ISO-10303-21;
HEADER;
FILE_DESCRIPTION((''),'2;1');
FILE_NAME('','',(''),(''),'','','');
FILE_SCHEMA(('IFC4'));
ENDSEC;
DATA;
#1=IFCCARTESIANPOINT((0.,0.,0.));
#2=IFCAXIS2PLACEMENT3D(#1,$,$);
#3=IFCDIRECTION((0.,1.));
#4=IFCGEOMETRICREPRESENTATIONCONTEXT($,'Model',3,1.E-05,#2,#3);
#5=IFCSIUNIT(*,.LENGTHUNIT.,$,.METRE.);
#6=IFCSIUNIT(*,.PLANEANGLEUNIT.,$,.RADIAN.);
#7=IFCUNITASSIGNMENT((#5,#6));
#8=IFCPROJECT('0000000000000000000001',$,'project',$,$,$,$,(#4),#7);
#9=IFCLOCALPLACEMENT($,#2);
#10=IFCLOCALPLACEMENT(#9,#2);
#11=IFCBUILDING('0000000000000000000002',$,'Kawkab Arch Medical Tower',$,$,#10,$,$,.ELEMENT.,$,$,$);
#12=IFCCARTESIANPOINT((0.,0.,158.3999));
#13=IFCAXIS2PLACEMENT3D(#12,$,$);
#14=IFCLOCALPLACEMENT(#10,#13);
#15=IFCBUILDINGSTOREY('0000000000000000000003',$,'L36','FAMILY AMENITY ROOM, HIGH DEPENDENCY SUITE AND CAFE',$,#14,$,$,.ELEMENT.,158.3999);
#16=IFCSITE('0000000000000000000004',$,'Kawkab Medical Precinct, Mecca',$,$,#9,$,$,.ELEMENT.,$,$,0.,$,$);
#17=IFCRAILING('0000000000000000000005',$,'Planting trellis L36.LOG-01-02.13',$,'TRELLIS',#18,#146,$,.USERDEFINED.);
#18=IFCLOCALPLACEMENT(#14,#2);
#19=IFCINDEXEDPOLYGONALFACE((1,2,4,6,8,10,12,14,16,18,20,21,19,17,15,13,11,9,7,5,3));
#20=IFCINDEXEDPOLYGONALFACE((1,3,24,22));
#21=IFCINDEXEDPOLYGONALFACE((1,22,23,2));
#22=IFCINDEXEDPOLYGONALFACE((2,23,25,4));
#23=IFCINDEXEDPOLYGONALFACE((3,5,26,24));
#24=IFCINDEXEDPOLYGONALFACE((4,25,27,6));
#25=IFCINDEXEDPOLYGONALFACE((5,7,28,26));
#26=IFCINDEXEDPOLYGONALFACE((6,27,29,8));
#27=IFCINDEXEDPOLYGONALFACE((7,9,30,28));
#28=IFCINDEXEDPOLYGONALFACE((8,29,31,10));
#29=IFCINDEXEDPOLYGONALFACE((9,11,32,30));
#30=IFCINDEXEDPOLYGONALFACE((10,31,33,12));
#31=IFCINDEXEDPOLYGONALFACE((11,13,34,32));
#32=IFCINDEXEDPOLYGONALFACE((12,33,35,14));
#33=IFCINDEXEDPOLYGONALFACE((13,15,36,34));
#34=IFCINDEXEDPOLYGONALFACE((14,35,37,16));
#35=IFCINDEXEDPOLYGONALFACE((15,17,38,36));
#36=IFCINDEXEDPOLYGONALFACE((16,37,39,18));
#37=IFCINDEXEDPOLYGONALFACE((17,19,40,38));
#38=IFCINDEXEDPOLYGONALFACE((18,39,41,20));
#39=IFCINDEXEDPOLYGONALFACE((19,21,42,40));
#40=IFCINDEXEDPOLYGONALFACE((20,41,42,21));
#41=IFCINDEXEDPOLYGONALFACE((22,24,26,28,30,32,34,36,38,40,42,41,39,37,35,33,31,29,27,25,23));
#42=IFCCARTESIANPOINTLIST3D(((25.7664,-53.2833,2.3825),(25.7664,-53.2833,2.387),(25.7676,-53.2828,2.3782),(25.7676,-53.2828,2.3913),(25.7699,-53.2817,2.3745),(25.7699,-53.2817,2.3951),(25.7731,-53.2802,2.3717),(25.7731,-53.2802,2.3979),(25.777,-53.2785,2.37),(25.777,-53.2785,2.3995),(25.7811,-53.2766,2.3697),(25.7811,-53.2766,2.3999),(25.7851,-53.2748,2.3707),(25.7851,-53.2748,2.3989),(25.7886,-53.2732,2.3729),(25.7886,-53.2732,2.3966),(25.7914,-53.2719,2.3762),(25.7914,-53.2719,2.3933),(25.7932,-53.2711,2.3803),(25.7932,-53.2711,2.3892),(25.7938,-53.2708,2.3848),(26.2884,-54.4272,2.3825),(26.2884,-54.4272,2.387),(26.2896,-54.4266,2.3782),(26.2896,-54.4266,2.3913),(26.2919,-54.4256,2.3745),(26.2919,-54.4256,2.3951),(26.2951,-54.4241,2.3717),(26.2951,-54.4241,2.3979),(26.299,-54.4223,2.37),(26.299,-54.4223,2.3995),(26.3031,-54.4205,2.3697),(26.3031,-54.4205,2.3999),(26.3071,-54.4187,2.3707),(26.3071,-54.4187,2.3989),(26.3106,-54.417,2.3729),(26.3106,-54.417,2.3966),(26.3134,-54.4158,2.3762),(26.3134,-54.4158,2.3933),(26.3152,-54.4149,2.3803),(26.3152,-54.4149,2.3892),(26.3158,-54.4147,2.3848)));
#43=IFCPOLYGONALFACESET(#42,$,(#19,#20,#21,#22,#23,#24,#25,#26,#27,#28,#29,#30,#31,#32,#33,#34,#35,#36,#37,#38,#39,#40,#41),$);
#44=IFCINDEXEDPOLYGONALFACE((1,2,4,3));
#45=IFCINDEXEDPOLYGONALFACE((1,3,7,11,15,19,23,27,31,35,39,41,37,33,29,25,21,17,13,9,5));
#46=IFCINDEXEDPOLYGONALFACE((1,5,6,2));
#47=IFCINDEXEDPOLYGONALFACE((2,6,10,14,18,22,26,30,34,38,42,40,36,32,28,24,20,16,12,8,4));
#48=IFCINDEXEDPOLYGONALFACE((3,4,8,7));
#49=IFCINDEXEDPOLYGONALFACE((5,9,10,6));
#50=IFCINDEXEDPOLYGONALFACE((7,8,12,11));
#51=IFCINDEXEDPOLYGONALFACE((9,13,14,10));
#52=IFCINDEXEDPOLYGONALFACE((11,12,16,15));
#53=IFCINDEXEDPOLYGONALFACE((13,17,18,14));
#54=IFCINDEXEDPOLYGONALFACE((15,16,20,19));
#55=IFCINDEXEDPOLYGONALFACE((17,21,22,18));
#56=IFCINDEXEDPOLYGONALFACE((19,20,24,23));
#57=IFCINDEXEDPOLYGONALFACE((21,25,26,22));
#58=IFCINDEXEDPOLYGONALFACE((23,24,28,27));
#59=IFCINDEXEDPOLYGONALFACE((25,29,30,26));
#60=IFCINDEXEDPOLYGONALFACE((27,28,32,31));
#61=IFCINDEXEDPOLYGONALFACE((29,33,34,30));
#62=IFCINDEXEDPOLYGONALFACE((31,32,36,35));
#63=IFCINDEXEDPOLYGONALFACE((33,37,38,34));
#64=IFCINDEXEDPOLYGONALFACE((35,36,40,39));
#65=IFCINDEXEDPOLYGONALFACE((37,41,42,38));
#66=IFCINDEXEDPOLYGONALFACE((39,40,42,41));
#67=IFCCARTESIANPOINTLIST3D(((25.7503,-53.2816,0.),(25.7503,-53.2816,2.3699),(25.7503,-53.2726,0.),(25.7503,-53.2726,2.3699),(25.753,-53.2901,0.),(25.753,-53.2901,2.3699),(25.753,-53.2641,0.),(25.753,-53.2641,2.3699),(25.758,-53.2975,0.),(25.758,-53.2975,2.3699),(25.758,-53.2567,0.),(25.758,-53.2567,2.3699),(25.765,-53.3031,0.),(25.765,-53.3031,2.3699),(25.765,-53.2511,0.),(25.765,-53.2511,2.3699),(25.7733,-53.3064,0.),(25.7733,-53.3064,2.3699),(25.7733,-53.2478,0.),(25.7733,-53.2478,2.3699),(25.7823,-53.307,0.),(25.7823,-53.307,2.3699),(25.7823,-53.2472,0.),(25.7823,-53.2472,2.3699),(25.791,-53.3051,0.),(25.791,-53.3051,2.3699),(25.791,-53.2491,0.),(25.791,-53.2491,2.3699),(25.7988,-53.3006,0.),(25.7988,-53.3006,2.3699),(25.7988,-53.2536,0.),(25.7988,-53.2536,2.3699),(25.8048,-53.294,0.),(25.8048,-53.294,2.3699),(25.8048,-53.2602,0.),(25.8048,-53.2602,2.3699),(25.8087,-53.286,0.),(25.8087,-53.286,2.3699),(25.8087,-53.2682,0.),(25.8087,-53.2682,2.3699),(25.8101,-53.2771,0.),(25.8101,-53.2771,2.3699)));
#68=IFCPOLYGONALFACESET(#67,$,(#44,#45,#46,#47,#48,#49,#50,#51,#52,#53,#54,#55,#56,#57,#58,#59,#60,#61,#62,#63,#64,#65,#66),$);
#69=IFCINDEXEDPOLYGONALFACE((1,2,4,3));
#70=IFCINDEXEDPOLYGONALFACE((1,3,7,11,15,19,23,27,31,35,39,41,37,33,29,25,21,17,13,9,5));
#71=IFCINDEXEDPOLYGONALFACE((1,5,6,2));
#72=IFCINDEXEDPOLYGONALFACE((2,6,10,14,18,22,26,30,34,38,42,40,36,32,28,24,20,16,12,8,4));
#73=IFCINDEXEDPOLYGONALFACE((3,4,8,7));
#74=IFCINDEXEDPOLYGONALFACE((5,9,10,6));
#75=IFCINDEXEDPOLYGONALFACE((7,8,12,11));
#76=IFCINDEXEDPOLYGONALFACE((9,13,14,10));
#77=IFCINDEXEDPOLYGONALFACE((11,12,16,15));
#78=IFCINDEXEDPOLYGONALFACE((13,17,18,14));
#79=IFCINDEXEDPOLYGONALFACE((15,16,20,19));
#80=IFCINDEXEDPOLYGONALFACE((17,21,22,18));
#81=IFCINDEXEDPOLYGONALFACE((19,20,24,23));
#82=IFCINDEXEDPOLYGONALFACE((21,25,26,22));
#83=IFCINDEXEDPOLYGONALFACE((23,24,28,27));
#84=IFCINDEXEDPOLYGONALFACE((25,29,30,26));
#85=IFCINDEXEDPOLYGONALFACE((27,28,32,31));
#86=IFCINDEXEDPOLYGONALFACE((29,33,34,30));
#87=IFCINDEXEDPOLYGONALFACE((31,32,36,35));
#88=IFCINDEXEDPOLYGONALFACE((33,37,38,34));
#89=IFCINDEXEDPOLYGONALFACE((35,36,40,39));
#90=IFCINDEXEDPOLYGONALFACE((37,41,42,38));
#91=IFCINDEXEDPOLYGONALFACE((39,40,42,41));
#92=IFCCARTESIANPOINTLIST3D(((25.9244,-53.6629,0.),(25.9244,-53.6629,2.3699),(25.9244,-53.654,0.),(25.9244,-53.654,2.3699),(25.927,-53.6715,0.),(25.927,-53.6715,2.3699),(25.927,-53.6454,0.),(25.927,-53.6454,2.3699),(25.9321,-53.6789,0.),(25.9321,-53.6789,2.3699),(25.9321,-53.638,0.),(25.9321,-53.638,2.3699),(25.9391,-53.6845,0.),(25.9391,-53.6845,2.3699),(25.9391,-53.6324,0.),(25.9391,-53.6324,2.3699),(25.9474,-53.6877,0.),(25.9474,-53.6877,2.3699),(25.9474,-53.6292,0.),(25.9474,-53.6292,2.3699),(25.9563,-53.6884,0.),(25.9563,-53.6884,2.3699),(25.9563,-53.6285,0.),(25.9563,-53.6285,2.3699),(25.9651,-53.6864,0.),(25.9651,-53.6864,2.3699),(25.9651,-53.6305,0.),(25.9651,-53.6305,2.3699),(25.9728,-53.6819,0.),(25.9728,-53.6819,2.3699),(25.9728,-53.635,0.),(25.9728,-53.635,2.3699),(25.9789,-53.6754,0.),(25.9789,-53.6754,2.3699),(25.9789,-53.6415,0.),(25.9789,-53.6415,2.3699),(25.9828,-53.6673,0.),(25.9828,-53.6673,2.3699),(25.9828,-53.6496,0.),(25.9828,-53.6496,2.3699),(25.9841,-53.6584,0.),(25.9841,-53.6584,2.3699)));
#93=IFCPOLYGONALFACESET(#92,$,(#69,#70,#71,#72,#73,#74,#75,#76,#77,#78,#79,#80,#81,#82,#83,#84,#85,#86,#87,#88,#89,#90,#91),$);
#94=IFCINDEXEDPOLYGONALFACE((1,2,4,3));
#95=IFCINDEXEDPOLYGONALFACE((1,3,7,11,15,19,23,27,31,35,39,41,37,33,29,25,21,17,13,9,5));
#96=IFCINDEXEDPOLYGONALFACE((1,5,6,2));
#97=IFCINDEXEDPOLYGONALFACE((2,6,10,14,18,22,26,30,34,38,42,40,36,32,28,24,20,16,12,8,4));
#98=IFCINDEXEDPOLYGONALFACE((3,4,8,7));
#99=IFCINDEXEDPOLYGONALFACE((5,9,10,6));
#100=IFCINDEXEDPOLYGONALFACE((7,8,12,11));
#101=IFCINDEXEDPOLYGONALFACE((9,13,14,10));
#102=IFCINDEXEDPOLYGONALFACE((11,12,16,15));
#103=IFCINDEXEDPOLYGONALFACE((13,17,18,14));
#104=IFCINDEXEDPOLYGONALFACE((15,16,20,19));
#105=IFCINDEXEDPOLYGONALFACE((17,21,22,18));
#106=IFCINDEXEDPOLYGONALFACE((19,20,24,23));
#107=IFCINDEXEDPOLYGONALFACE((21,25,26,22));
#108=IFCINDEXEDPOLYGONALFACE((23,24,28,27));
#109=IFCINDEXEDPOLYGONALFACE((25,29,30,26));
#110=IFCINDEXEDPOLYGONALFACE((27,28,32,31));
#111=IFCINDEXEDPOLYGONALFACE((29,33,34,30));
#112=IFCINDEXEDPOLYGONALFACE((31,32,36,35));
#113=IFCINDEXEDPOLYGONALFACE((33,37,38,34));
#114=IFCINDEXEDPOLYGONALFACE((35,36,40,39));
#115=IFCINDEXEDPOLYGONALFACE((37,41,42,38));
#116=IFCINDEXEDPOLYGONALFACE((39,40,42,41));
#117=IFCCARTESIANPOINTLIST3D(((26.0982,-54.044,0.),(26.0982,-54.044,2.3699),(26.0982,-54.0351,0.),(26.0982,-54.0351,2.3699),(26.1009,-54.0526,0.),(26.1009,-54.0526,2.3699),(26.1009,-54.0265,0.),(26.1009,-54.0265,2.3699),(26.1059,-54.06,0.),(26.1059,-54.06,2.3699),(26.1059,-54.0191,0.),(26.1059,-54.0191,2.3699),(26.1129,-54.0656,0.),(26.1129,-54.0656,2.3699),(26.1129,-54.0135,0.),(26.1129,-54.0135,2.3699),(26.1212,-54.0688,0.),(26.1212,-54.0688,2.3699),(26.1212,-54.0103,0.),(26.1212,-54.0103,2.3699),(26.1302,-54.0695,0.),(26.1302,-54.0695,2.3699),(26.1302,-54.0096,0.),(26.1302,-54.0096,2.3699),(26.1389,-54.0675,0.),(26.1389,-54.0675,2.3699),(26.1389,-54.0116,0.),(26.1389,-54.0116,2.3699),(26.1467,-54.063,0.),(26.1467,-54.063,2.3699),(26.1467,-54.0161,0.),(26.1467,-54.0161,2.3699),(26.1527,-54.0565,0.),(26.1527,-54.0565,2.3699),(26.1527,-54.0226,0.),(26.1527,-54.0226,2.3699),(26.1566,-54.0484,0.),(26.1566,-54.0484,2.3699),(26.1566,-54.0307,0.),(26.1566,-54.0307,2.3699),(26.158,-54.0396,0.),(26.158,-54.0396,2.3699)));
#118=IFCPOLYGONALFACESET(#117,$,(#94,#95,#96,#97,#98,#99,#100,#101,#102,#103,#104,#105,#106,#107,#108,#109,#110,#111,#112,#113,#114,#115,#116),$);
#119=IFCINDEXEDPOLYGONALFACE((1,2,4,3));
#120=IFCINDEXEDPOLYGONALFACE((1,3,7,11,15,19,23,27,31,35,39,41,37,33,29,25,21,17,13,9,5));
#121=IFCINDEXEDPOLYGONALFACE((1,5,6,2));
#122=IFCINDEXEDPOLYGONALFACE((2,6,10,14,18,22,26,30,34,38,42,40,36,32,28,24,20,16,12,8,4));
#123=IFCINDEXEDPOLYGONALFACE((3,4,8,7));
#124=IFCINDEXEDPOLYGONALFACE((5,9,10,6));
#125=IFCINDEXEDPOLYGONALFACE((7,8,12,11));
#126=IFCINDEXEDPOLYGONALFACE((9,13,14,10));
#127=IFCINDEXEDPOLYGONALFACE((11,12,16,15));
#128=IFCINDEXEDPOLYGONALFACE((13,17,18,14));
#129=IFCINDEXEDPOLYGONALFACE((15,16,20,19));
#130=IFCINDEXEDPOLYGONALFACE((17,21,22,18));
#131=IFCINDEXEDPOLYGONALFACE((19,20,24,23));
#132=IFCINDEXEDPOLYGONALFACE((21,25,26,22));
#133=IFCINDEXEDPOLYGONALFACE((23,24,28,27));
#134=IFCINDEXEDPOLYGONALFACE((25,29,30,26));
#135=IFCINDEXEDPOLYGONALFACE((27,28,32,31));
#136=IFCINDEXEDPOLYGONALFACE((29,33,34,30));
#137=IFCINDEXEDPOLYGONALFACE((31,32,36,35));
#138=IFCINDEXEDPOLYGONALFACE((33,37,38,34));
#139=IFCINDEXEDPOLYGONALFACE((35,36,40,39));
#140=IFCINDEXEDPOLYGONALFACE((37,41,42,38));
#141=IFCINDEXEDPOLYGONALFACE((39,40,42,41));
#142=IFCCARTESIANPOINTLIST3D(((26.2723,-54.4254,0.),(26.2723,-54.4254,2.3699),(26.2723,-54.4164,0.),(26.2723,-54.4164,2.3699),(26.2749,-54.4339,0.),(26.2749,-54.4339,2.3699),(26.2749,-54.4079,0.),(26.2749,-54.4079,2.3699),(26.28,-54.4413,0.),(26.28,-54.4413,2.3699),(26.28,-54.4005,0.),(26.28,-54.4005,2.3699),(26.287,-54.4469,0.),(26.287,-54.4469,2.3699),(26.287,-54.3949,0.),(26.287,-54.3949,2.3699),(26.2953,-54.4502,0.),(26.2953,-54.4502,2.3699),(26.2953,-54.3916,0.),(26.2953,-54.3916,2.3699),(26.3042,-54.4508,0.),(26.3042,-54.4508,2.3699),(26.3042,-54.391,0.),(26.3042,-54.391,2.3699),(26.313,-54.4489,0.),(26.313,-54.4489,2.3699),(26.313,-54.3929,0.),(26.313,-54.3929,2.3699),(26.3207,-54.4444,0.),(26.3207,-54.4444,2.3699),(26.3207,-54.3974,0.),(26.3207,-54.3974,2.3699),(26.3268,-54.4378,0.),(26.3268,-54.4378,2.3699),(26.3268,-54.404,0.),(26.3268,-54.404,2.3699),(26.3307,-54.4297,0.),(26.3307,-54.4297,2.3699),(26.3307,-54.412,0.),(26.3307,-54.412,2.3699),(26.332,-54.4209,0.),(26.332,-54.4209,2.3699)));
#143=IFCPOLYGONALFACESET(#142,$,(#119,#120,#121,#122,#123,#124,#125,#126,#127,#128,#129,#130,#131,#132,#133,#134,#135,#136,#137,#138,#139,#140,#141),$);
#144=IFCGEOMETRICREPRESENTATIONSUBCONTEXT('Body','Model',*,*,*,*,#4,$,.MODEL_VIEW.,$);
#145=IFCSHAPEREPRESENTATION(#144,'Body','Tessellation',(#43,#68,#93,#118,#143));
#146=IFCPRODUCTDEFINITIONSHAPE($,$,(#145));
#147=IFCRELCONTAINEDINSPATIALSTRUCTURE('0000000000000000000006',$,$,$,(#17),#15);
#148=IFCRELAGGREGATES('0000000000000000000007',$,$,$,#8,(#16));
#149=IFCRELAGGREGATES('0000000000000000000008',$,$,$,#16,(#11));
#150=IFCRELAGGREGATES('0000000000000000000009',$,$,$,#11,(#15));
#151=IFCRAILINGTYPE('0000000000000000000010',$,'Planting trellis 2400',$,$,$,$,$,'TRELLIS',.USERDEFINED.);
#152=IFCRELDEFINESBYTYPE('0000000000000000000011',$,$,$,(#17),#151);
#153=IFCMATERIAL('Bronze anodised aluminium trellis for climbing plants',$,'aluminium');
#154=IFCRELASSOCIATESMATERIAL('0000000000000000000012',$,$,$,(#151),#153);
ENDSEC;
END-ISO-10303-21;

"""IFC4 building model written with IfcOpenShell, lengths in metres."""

from ifc_helpers import new_model, si_unit, direction, frame, origin, origin_2d, place, context, subcontext, project, spatial, circle, extrude, material, type_object, element, save


model = new_model("IFC4")

# Units and contexts
model_context = context("Model", 3, precision=1e-05, world=origin(), true_north=direction((0.0, 1.0)))
body_context = subcontext(model_context, "Body", "Model", "MODEL_VIEW")
ifc_project = project(units=[si_unit("LENGTHUNIT", "METRE"), si_unit("PLANEANGLEUNIT", "RADIAN")], contexts=[model_context])

# Site, building, storey
site_placement = place(None, origin())
site = spatial("IfcSite", under=ifc_project, at=site_placement, Name="Kawkab Medical Precinct, Mecca", CompositionType="ELEMENT", RefElevation=0.0)
building_placement = place(site_placement, origin())
building = spatial("IfcBuilding", under=site, at=building_placement, Name="Kawkab Arch Medical Tower", CompositionType="ELEMENT")
storey_placement = place(building_placement, frame((0.0, 0.0, 158.3999)))
storey = spatial("IfcBuildingStorey", under=building, at=storey_placement, Name="L36", Description="FAMILY AMENITY ROOM, HIGH DEPENDENCY SUITE AND CAFE", CompositionType="ELEMENT", Elevation=158.3999)

# Railing
ifc_material_1 = material(Name="Bronze anodised aluminium trellis for climbing plants", Category="aluminium")
railing_type = type_object("IfcRailingType", Name="Planting trellis 2400", ElementType="TRELLIS", PredefinedType="USERDEFINED", material=ifc_material_1)
railing_1_placement = place(storey_placement, frame((25.78, -53.2771, 0.0)))
element("IfcRailing", 1, at=railing_1_placement, inside=storey, type_object=railing_type, Name="Planting trellis L36.LOG-01-02.13", ObjectType="TRELLIS", PredefinedType="USERDEFINED", context=body_context, shape_type="SweptSolid", body=[
    extrude(circle(Radius=0.0151, at=origin_2d()), frame((0.0, 0.0, 2.3848), z_axis=(0.415163, -0.909747, 0.0), x_axis=(0.909747, 0.415163, 0.0)), (0.0, 0.0, 1.0), 1.2573),
    extrude(circle(Radius=0.03, at=origin_2d()), origin(), (0.0, 0.0, 1.0), 2.3699),
    extrude(circle(Radius=0.03, at=origin_2d()), frame((0.1741, -0.3813, 0.0)), (0.0, 0.0, 1.0), 2.3699),
    extrude(circle(Radius=0.03, at=origin_2d()), frame((0.3479, -0.7625, 0.0)), (0.0, 0.0, 1.0), 2.3699),
    extrude(circle(Radius=0.03, at=origin_2d()), frame((0.522, -1.1438, 0.0)), (0.0, 0.0, 1.0), 2.3699),
])

save(model, "model.ifc")
